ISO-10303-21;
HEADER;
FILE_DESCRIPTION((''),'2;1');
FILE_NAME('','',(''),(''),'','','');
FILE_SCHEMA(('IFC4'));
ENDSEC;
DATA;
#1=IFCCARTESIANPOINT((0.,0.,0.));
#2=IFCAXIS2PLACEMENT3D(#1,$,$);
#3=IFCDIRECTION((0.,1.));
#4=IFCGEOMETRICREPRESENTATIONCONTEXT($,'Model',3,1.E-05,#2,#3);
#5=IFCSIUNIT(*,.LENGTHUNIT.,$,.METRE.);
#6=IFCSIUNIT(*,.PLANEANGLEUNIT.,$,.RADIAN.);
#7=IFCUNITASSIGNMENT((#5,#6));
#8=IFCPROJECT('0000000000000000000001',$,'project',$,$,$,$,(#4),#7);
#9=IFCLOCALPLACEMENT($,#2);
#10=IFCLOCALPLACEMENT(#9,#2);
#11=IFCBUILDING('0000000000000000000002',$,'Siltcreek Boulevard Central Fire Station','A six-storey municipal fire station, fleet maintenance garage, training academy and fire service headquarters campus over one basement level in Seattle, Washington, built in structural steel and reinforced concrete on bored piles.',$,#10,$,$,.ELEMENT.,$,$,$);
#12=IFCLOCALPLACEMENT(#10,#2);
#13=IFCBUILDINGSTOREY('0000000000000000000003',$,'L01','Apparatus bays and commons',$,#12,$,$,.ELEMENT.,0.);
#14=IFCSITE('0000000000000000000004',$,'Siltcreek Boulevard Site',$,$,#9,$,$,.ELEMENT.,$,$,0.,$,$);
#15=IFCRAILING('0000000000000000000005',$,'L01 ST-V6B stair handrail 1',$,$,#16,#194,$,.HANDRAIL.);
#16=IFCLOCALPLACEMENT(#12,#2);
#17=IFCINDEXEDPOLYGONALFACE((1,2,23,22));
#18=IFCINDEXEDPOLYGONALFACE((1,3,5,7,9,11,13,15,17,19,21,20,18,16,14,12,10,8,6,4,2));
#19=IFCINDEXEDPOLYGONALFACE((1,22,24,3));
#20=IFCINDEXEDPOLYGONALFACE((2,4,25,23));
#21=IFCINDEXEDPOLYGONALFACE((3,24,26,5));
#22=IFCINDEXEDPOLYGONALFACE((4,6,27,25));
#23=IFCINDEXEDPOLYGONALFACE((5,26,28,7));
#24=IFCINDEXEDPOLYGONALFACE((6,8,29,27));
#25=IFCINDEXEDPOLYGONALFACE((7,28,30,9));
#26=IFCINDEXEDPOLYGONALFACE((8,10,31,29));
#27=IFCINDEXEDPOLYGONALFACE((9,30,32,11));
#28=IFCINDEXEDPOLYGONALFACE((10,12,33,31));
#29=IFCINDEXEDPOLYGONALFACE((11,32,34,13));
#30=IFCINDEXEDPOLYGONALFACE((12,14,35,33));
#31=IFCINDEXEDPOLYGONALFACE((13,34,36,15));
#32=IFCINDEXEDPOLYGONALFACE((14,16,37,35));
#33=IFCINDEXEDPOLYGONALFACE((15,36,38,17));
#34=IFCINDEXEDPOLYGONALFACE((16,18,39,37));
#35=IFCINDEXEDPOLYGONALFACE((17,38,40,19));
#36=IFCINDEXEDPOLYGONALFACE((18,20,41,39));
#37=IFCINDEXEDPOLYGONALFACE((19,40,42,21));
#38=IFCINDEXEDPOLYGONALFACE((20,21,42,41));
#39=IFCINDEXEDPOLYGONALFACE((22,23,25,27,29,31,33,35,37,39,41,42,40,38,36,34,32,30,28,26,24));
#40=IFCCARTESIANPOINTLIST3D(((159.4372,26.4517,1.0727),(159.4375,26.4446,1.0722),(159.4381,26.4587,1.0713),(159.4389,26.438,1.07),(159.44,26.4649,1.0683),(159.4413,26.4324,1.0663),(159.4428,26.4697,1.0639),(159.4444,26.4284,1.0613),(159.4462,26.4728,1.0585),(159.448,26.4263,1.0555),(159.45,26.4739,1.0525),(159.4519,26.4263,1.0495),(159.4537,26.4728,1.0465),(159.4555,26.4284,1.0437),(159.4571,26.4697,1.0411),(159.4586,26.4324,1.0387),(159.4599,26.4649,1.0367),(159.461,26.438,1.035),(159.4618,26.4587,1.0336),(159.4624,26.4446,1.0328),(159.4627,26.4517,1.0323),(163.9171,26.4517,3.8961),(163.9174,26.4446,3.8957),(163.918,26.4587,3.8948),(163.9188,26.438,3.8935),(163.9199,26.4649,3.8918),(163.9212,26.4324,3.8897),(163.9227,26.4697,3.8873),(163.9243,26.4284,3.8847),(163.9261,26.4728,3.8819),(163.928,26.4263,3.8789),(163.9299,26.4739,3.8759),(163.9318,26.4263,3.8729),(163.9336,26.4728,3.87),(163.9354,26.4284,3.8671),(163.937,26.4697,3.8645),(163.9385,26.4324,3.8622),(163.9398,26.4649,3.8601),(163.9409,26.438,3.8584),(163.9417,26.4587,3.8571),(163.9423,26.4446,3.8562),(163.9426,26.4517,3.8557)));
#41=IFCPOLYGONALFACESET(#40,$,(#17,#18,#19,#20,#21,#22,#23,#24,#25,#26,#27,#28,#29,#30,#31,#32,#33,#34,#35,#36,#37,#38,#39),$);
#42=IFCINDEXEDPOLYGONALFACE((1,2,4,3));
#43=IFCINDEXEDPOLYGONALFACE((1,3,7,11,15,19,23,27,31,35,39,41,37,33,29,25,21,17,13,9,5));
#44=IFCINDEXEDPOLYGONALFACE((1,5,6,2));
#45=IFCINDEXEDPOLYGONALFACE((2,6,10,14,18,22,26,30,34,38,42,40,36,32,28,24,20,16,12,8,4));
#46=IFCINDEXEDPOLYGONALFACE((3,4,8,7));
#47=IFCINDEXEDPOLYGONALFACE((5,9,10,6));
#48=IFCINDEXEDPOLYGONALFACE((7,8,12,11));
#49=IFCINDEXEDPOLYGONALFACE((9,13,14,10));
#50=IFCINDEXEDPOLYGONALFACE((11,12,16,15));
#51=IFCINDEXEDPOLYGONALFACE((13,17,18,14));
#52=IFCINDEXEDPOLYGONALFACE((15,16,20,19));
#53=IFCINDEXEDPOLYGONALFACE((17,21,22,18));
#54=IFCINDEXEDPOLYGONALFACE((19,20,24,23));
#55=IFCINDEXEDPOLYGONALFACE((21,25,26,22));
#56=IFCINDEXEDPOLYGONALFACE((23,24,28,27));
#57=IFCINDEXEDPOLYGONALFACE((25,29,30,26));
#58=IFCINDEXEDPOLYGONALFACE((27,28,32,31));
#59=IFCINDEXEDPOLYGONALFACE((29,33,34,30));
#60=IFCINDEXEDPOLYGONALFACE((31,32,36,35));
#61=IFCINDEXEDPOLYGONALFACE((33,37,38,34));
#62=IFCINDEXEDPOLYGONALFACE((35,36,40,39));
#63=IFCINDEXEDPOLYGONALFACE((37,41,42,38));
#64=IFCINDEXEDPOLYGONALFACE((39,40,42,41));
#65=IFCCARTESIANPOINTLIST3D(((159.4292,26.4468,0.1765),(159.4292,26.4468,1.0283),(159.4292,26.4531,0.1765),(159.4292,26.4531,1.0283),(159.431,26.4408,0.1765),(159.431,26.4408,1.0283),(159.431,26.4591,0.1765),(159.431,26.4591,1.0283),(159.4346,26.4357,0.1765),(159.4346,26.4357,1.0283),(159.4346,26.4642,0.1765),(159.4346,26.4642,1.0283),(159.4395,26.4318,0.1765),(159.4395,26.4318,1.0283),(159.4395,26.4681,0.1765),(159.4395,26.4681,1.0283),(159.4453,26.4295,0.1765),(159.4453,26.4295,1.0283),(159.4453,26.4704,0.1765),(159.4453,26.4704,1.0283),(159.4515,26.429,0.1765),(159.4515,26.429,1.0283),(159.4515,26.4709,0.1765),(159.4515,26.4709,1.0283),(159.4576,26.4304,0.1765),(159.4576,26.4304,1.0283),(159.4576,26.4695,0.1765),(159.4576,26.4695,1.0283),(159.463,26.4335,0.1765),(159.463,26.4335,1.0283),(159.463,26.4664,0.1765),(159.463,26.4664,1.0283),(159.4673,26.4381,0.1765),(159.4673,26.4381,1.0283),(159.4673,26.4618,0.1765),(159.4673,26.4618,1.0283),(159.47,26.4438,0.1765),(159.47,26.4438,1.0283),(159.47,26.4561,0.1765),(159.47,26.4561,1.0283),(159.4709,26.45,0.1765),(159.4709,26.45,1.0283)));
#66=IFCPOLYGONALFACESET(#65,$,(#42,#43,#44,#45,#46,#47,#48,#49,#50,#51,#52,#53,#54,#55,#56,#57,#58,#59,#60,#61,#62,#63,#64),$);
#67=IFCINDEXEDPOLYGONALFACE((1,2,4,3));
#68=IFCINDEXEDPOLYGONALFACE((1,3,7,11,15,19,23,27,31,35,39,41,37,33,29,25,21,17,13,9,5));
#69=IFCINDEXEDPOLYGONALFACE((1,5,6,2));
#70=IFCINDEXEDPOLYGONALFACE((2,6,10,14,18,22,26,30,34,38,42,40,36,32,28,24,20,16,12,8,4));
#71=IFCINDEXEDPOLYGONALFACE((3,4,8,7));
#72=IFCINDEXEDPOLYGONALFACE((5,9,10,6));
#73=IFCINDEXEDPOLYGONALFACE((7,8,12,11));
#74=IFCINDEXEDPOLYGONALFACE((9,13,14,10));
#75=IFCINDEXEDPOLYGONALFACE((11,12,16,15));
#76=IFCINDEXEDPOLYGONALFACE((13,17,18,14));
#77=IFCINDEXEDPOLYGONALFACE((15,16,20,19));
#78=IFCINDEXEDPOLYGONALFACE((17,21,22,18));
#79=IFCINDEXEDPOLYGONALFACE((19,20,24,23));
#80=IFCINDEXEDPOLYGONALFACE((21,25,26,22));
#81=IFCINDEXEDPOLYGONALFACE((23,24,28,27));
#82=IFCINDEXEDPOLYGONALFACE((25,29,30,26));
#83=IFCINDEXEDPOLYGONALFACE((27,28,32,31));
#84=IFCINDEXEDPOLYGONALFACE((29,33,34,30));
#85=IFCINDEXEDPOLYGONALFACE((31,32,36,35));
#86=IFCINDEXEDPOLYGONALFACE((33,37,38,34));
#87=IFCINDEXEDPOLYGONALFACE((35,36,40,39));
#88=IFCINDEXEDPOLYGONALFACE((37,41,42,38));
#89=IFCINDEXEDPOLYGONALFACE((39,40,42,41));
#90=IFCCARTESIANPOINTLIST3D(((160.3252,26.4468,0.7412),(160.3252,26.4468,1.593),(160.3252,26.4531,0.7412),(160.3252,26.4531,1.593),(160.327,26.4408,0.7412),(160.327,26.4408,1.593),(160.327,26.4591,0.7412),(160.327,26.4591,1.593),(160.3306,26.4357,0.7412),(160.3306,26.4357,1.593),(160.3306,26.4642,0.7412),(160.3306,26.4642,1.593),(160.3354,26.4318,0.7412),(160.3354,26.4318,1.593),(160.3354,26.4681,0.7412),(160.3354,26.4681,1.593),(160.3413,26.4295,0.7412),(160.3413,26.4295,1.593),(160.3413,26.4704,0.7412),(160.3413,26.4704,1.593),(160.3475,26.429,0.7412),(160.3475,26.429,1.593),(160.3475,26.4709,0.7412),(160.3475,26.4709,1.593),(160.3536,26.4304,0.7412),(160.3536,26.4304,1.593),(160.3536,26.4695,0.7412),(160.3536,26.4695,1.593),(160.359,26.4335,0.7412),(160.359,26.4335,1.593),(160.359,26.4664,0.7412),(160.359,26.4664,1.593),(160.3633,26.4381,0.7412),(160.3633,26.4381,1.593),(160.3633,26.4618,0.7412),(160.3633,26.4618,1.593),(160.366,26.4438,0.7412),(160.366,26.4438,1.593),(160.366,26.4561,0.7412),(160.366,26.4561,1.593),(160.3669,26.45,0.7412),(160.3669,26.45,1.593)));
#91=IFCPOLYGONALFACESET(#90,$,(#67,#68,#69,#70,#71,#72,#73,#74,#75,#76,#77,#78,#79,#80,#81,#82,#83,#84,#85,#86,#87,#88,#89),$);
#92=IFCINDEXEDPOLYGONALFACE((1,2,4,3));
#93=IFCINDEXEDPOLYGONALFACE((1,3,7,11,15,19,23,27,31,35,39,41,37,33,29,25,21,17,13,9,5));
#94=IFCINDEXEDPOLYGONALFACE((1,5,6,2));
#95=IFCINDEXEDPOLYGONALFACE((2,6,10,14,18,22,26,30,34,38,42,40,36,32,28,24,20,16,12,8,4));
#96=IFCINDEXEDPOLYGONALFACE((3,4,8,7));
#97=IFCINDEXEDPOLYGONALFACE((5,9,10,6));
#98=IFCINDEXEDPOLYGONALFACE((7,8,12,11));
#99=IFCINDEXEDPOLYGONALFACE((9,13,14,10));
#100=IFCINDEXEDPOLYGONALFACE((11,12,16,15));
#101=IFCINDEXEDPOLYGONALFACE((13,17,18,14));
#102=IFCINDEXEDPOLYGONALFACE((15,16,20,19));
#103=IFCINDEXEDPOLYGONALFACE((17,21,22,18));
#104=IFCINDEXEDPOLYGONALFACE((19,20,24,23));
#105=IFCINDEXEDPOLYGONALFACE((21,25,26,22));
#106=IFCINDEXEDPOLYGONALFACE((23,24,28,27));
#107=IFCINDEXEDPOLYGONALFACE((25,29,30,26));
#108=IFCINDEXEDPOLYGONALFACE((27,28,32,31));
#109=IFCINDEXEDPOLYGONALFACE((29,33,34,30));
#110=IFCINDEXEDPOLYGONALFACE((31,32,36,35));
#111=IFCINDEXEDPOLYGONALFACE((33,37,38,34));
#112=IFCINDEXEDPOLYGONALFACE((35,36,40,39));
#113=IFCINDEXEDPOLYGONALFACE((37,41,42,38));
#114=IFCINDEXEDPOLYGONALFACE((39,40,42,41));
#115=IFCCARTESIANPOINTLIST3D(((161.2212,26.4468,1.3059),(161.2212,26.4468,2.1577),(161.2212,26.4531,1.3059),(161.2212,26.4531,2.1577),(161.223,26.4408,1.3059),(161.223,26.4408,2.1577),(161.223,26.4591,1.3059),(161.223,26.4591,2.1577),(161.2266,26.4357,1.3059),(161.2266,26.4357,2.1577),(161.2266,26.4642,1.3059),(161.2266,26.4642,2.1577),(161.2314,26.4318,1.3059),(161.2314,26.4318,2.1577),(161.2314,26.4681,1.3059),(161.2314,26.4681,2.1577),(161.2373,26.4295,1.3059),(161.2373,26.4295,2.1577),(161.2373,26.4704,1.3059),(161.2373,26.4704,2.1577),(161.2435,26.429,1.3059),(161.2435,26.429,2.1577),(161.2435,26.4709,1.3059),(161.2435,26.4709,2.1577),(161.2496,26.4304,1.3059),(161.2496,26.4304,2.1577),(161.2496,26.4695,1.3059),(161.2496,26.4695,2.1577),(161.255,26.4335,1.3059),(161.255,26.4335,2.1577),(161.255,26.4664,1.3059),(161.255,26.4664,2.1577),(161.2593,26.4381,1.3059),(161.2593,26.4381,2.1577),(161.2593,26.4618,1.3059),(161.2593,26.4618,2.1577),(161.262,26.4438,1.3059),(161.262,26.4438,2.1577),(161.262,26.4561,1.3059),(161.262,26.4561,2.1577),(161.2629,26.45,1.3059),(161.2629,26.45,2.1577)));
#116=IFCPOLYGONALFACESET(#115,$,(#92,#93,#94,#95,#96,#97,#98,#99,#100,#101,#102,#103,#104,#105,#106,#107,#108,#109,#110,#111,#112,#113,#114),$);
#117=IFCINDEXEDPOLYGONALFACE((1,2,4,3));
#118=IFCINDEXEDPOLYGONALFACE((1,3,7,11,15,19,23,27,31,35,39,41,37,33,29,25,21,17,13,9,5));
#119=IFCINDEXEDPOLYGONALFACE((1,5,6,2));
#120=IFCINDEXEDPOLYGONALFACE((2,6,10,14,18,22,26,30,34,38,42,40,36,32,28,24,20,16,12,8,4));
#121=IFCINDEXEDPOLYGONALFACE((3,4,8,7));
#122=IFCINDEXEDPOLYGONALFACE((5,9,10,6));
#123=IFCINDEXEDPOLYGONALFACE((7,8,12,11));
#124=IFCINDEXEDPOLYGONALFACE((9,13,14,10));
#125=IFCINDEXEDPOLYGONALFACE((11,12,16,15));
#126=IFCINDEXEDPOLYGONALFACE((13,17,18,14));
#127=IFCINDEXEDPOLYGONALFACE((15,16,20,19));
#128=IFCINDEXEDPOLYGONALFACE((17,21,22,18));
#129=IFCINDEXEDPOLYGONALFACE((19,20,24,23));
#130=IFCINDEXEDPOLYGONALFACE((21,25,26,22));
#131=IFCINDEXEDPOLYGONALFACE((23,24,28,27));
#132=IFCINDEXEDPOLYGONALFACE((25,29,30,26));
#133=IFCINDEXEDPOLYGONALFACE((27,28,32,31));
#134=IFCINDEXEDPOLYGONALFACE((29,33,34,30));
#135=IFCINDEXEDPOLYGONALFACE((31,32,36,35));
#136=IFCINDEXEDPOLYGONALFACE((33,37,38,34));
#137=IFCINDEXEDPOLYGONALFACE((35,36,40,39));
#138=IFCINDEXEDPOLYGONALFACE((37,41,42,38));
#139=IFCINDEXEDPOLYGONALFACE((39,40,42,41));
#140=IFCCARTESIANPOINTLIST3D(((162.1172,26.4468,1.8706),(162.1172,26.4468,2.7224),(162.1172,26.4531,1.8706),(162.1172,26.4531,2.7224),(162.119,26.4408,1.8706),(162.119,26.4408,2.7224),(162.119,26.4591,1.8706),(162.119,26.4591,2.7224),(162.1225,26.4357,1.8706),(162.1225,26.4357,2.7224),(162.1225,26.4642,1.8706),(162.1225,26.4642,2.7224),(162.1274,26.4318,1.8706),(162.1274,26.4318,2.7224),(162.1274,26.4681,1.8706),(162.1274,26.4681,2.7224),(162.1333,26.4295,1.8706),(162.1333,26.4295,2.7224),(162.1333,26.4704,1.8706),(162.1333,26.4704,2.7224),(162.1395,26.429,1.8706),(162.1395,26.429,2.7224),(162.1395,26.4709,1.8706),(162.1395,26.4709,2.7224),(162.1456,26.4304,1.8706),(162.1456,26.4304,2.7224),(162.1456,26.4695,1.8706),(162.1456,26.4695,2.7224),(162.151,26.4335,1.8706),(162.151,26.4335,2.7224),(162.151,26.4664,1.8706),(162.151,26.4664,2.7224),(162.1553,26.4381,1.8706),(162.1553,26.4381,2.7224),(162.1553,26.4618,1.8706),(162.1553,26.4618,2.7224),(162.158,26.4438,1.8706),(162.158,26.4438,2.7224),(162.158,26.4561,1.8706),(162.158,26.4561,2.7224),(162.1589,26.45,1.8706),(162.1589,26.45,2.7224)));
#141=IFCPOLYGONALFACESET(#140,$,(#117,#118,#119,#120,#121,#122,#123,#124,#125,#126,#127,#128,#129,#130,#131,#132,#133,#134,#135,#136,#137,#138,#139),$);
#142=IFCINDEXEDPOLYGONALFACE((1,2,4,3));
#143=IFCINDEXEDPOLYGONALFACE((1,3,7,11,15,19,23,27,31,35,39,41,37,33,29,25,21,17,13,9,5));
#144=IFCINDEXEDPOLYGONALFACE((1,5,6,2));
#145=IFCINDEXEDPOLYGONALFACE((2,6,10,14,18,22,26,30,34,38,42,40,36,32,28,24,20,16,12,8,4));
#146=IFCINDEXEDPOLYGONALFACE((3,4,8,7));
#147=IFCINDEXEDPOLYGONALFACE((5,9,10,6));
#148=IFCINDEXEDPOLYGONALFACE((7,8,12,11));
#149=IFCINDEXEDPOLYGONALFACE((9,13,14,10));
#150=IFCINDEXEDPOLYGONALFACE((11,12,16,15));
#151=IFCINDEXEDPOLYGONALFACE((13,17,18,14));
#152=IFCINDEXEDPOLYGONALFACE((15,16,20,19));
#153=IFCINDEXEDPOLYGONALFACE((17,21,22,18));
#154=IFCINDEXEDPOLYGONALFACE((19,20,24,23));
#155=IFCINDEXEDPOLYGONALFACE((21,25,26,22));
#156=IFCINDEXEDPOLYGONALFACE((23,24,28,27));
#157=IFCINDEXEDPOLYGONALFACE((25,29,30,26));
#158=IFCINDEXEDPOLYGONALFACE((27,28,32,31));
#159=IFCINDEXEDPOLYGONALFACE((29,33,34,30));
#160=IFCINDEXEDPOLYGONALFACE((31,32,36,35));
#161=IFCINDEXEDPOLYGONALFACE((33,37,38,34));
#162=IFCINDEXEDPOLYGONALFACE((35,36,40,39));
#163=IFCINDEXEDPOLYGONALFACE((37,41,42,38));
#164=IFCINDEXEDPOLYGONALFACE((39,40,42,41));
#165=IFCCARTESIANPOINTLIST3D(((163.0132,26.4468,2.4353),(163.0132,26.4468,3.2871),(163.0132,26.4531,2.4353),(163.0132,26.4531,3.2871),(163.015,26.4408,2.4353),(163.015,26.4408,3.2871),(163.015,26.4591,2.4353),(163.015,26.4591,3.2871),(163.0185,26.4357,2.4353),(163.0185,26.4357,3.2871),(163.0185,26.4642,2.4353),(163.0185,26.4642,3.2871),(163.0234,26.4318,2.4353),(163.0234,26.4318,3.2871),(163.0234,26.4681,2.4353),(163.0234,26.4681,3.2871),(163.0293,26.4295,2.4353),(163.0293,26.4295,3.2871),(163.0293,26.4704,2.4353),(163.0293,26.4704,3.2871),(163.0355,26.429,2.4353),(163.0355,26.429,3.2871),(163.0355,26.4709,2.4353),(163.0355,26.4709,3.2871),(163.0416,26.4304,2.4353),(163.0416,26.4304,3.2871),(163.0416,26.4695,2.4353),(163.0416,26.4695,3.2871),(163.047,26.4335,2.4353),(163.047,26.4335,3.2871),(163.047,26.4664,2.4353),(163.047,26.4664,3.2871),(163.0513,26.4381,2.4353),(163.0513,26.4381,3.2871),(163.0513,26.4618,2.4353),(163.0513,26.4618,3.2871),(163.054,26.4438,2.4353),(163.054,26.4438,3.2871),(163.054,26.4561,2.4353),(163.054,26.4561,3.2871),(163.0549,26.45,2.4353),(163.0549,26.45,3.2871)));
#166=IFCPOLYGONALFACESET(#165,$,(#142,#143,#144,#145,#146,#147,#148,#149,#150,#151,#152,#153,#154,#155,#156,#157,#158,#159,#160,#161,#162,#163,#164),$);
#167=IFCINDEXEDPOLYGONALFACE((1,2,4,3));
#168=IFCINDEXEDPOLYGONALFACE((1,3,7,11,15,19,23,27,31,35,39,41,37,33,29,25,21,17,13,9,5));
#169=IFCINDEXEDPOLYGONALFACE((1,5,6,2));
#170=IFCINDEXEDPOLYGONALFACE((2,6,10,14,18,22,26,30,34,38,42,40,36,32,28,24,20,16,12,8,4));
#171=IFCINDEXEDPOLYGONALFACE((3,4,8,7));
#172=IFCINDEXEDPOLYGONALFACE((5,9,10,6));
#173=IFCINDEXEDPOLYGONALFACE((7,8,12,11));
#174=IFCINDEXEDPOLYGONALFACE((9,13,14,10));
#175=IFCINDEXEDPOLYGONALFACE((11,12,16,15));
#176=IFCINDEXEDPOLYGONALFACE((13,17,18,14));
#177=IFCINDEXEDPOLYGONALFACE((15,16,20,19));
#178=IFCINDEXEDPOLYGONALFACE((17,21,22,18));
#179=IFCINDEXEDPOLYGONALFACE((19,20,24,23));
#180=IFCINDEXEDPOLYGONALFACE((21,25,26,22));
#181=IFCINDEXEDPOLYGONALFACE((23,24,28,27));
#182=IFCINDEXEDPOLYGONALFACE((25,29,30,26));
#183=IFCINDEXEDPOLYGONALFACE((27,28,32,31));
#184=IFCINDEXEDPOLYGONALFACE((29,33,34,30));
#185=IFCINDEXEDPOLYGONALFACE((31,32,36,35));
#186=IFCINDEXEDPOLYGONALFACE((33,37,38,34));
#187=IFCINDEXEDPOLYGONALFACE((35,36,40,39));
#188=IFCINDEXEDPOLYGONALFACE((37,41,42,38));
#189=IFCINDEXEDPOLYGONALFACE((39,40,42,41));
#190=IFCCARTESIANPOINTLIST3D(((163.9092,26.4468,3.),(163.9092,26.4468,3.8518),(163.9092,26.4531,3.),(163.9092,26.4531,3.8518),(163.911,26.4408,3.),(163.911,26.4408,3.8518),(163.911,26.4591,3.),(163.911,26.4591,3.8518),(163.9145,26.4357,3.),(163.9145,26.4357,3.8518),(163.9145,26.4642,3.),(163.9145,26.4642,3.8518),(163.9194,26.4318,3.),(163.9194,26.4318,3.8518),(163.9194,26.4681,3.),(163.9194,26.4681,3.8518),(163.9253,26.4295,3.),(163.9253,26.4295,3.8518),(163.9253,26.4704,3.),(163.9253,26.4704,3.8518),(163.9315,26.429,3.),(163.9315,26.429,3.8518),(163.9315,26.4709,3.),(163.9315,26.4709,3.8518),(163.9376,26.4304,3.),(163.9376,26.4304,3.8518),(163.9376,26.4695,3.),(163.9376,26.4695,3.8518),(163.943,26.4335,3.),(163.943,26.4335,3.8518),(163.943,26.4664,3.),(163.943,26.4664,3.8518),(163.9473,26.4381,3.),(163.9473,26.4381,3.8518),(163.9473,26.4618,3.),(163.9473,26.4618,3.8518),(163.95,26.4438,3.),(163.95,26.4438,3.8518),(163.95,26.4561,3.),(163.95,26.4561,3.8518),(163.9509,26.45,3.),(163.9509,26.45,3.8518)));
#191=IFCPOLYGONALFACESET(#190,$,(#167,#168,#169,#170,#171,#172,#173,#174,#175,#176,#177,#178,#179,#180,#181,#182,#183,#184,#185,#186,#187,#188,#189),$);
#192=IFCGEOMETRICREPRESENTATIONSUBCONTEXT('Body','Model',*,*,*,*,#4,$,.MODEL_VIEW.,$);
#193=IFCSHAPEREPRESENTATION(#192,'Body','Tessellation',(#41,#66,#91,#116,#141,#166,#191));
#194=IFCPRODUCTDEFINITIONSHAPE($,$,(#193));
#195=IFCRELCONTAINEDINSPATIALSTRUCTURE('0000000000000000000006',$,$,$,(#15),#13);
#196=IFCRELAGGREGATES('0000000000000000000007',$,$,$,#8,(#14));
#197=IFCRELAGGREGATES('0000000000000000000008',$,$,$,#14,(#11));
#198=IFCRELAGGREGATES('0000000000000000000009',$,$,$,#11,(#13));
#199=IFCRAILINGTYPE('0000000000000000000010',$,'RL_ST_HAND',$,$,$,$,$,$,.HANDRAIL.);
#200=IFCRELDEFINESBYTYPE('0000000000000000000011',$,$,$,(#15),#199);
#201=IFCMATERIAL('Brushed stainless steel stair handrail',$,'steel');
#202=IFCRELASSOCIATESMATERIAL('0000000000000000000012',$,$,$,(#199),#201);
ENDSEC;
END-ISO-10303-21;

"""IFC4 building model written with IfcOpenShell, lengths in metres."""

from ifc_helpers import new_model, si_unit, direction, frame, origin, origin_2d, place, context, subcontext, project, spatial, circle, extrude, material, type_object, element, save


model = new_model("IFC4")

# Units and contexts
model_context = context("Model", 3, precision=1e-05, world=origin(), true_north=direction((0.0, 1.0)))
body_context = subcontext(model_context, "Body", "Model", "MODEL_VIEW")
ifc_project = project(units=[si_unit("LENGTHUNIT", "METRE"), si_unit("PLANEANGLEUNIT", "RADIAN")], contexts=[model_context])

# Site, building, storey
site_placement = place(None, origin())
site = spatial("IfcSite", under=ifc_project, at=site_placement, Name="Siltcreek Boulevard Site", CompositionType="ELEMENT", RefElevation=0.0)
building_placement = place(site_placement, origin())
building = spatial("IfcBuilding", under=site, at=building_placement, Name="Siltcreek Boulevard Central Fire Station", Description="A six-storey municipal fire station, fleet maintenance garage, training academy and fire service headquarters campus over one basement level in Seattle, Washington, built in structural steel and reinforced concrete on bored piles.", CompositionType="ELEMENT")
storey_placement = place(building_placement, origin())
storey = spatial("IfcBuildingStorey", under=building, at=storey_placement, Name="L01", Description="Apparatus bays and commons", CompositionType="ELEMENT", Elevation=0.0)

# Railing
ifc_material_1 = material(Name="Brushed stainless steel stair handrail", Category="steel")
railing_type_1 = type_object("IfcRailingType", Name="RL_ST_HAND", PredefinedType="HANDRAIL", material=ifc_material_1)
railing_1_placement = place(storey_placement, frame((159.45, 26.45, 0.1765)))
element("IfcRailing", 1, at=railing_1_placement, inside=storey, type_object=railing_type_1, Name="L01 ST-V6B stair handrail 1", PredefinedType="HANDRAIL", context=body_context, shape_type="SweptSolid", body=[
    extrude(circle(Radius=0.0239, at=origin_2d()), frame((0.0, 0.0, 0.876), z_axis=(0.845998, 0.0, 0.533186), x_axis=(0.0, 1.0, 0.0)), (0.0, 0.0, 1.0), 5.2954),
    extrude(circle(Radius=0.021, at=origin_2d()), origin(), (0.0, 0.0, 1.0), 0.8518),
    extrude(circle(Radius=0.021, at=origin_2d()), frame((0.896, 0.0, 0.5647)), (0.0, 0.0, 1.0), 0.8518),
    extrude(circle(Radius=0.021, at=origin_2d()), frame((1.792, 0.0, 1.1294)), (0.0, 0.0, 1.0), 0.8518),
    extrude(circle(Radius=0.021, at=origin_2d()), frame((2.688, 0.0, 1.6941)), (0.0, 0.0, 1.0), 0.8518),
    extrude(circle(Radius=0.021, at=origin_2d()), frame((3.584, 0.0, 2.2588)), (0.0, 0.0, 1.0), 0.8518),
    extrude(circle(Radius=0.021, at=origin_2d()), frame((4.48, 0.0, 2.8235)), (0.0, 0.0, 1.0), 0.8518),
])

save(model, "model.ifc")
